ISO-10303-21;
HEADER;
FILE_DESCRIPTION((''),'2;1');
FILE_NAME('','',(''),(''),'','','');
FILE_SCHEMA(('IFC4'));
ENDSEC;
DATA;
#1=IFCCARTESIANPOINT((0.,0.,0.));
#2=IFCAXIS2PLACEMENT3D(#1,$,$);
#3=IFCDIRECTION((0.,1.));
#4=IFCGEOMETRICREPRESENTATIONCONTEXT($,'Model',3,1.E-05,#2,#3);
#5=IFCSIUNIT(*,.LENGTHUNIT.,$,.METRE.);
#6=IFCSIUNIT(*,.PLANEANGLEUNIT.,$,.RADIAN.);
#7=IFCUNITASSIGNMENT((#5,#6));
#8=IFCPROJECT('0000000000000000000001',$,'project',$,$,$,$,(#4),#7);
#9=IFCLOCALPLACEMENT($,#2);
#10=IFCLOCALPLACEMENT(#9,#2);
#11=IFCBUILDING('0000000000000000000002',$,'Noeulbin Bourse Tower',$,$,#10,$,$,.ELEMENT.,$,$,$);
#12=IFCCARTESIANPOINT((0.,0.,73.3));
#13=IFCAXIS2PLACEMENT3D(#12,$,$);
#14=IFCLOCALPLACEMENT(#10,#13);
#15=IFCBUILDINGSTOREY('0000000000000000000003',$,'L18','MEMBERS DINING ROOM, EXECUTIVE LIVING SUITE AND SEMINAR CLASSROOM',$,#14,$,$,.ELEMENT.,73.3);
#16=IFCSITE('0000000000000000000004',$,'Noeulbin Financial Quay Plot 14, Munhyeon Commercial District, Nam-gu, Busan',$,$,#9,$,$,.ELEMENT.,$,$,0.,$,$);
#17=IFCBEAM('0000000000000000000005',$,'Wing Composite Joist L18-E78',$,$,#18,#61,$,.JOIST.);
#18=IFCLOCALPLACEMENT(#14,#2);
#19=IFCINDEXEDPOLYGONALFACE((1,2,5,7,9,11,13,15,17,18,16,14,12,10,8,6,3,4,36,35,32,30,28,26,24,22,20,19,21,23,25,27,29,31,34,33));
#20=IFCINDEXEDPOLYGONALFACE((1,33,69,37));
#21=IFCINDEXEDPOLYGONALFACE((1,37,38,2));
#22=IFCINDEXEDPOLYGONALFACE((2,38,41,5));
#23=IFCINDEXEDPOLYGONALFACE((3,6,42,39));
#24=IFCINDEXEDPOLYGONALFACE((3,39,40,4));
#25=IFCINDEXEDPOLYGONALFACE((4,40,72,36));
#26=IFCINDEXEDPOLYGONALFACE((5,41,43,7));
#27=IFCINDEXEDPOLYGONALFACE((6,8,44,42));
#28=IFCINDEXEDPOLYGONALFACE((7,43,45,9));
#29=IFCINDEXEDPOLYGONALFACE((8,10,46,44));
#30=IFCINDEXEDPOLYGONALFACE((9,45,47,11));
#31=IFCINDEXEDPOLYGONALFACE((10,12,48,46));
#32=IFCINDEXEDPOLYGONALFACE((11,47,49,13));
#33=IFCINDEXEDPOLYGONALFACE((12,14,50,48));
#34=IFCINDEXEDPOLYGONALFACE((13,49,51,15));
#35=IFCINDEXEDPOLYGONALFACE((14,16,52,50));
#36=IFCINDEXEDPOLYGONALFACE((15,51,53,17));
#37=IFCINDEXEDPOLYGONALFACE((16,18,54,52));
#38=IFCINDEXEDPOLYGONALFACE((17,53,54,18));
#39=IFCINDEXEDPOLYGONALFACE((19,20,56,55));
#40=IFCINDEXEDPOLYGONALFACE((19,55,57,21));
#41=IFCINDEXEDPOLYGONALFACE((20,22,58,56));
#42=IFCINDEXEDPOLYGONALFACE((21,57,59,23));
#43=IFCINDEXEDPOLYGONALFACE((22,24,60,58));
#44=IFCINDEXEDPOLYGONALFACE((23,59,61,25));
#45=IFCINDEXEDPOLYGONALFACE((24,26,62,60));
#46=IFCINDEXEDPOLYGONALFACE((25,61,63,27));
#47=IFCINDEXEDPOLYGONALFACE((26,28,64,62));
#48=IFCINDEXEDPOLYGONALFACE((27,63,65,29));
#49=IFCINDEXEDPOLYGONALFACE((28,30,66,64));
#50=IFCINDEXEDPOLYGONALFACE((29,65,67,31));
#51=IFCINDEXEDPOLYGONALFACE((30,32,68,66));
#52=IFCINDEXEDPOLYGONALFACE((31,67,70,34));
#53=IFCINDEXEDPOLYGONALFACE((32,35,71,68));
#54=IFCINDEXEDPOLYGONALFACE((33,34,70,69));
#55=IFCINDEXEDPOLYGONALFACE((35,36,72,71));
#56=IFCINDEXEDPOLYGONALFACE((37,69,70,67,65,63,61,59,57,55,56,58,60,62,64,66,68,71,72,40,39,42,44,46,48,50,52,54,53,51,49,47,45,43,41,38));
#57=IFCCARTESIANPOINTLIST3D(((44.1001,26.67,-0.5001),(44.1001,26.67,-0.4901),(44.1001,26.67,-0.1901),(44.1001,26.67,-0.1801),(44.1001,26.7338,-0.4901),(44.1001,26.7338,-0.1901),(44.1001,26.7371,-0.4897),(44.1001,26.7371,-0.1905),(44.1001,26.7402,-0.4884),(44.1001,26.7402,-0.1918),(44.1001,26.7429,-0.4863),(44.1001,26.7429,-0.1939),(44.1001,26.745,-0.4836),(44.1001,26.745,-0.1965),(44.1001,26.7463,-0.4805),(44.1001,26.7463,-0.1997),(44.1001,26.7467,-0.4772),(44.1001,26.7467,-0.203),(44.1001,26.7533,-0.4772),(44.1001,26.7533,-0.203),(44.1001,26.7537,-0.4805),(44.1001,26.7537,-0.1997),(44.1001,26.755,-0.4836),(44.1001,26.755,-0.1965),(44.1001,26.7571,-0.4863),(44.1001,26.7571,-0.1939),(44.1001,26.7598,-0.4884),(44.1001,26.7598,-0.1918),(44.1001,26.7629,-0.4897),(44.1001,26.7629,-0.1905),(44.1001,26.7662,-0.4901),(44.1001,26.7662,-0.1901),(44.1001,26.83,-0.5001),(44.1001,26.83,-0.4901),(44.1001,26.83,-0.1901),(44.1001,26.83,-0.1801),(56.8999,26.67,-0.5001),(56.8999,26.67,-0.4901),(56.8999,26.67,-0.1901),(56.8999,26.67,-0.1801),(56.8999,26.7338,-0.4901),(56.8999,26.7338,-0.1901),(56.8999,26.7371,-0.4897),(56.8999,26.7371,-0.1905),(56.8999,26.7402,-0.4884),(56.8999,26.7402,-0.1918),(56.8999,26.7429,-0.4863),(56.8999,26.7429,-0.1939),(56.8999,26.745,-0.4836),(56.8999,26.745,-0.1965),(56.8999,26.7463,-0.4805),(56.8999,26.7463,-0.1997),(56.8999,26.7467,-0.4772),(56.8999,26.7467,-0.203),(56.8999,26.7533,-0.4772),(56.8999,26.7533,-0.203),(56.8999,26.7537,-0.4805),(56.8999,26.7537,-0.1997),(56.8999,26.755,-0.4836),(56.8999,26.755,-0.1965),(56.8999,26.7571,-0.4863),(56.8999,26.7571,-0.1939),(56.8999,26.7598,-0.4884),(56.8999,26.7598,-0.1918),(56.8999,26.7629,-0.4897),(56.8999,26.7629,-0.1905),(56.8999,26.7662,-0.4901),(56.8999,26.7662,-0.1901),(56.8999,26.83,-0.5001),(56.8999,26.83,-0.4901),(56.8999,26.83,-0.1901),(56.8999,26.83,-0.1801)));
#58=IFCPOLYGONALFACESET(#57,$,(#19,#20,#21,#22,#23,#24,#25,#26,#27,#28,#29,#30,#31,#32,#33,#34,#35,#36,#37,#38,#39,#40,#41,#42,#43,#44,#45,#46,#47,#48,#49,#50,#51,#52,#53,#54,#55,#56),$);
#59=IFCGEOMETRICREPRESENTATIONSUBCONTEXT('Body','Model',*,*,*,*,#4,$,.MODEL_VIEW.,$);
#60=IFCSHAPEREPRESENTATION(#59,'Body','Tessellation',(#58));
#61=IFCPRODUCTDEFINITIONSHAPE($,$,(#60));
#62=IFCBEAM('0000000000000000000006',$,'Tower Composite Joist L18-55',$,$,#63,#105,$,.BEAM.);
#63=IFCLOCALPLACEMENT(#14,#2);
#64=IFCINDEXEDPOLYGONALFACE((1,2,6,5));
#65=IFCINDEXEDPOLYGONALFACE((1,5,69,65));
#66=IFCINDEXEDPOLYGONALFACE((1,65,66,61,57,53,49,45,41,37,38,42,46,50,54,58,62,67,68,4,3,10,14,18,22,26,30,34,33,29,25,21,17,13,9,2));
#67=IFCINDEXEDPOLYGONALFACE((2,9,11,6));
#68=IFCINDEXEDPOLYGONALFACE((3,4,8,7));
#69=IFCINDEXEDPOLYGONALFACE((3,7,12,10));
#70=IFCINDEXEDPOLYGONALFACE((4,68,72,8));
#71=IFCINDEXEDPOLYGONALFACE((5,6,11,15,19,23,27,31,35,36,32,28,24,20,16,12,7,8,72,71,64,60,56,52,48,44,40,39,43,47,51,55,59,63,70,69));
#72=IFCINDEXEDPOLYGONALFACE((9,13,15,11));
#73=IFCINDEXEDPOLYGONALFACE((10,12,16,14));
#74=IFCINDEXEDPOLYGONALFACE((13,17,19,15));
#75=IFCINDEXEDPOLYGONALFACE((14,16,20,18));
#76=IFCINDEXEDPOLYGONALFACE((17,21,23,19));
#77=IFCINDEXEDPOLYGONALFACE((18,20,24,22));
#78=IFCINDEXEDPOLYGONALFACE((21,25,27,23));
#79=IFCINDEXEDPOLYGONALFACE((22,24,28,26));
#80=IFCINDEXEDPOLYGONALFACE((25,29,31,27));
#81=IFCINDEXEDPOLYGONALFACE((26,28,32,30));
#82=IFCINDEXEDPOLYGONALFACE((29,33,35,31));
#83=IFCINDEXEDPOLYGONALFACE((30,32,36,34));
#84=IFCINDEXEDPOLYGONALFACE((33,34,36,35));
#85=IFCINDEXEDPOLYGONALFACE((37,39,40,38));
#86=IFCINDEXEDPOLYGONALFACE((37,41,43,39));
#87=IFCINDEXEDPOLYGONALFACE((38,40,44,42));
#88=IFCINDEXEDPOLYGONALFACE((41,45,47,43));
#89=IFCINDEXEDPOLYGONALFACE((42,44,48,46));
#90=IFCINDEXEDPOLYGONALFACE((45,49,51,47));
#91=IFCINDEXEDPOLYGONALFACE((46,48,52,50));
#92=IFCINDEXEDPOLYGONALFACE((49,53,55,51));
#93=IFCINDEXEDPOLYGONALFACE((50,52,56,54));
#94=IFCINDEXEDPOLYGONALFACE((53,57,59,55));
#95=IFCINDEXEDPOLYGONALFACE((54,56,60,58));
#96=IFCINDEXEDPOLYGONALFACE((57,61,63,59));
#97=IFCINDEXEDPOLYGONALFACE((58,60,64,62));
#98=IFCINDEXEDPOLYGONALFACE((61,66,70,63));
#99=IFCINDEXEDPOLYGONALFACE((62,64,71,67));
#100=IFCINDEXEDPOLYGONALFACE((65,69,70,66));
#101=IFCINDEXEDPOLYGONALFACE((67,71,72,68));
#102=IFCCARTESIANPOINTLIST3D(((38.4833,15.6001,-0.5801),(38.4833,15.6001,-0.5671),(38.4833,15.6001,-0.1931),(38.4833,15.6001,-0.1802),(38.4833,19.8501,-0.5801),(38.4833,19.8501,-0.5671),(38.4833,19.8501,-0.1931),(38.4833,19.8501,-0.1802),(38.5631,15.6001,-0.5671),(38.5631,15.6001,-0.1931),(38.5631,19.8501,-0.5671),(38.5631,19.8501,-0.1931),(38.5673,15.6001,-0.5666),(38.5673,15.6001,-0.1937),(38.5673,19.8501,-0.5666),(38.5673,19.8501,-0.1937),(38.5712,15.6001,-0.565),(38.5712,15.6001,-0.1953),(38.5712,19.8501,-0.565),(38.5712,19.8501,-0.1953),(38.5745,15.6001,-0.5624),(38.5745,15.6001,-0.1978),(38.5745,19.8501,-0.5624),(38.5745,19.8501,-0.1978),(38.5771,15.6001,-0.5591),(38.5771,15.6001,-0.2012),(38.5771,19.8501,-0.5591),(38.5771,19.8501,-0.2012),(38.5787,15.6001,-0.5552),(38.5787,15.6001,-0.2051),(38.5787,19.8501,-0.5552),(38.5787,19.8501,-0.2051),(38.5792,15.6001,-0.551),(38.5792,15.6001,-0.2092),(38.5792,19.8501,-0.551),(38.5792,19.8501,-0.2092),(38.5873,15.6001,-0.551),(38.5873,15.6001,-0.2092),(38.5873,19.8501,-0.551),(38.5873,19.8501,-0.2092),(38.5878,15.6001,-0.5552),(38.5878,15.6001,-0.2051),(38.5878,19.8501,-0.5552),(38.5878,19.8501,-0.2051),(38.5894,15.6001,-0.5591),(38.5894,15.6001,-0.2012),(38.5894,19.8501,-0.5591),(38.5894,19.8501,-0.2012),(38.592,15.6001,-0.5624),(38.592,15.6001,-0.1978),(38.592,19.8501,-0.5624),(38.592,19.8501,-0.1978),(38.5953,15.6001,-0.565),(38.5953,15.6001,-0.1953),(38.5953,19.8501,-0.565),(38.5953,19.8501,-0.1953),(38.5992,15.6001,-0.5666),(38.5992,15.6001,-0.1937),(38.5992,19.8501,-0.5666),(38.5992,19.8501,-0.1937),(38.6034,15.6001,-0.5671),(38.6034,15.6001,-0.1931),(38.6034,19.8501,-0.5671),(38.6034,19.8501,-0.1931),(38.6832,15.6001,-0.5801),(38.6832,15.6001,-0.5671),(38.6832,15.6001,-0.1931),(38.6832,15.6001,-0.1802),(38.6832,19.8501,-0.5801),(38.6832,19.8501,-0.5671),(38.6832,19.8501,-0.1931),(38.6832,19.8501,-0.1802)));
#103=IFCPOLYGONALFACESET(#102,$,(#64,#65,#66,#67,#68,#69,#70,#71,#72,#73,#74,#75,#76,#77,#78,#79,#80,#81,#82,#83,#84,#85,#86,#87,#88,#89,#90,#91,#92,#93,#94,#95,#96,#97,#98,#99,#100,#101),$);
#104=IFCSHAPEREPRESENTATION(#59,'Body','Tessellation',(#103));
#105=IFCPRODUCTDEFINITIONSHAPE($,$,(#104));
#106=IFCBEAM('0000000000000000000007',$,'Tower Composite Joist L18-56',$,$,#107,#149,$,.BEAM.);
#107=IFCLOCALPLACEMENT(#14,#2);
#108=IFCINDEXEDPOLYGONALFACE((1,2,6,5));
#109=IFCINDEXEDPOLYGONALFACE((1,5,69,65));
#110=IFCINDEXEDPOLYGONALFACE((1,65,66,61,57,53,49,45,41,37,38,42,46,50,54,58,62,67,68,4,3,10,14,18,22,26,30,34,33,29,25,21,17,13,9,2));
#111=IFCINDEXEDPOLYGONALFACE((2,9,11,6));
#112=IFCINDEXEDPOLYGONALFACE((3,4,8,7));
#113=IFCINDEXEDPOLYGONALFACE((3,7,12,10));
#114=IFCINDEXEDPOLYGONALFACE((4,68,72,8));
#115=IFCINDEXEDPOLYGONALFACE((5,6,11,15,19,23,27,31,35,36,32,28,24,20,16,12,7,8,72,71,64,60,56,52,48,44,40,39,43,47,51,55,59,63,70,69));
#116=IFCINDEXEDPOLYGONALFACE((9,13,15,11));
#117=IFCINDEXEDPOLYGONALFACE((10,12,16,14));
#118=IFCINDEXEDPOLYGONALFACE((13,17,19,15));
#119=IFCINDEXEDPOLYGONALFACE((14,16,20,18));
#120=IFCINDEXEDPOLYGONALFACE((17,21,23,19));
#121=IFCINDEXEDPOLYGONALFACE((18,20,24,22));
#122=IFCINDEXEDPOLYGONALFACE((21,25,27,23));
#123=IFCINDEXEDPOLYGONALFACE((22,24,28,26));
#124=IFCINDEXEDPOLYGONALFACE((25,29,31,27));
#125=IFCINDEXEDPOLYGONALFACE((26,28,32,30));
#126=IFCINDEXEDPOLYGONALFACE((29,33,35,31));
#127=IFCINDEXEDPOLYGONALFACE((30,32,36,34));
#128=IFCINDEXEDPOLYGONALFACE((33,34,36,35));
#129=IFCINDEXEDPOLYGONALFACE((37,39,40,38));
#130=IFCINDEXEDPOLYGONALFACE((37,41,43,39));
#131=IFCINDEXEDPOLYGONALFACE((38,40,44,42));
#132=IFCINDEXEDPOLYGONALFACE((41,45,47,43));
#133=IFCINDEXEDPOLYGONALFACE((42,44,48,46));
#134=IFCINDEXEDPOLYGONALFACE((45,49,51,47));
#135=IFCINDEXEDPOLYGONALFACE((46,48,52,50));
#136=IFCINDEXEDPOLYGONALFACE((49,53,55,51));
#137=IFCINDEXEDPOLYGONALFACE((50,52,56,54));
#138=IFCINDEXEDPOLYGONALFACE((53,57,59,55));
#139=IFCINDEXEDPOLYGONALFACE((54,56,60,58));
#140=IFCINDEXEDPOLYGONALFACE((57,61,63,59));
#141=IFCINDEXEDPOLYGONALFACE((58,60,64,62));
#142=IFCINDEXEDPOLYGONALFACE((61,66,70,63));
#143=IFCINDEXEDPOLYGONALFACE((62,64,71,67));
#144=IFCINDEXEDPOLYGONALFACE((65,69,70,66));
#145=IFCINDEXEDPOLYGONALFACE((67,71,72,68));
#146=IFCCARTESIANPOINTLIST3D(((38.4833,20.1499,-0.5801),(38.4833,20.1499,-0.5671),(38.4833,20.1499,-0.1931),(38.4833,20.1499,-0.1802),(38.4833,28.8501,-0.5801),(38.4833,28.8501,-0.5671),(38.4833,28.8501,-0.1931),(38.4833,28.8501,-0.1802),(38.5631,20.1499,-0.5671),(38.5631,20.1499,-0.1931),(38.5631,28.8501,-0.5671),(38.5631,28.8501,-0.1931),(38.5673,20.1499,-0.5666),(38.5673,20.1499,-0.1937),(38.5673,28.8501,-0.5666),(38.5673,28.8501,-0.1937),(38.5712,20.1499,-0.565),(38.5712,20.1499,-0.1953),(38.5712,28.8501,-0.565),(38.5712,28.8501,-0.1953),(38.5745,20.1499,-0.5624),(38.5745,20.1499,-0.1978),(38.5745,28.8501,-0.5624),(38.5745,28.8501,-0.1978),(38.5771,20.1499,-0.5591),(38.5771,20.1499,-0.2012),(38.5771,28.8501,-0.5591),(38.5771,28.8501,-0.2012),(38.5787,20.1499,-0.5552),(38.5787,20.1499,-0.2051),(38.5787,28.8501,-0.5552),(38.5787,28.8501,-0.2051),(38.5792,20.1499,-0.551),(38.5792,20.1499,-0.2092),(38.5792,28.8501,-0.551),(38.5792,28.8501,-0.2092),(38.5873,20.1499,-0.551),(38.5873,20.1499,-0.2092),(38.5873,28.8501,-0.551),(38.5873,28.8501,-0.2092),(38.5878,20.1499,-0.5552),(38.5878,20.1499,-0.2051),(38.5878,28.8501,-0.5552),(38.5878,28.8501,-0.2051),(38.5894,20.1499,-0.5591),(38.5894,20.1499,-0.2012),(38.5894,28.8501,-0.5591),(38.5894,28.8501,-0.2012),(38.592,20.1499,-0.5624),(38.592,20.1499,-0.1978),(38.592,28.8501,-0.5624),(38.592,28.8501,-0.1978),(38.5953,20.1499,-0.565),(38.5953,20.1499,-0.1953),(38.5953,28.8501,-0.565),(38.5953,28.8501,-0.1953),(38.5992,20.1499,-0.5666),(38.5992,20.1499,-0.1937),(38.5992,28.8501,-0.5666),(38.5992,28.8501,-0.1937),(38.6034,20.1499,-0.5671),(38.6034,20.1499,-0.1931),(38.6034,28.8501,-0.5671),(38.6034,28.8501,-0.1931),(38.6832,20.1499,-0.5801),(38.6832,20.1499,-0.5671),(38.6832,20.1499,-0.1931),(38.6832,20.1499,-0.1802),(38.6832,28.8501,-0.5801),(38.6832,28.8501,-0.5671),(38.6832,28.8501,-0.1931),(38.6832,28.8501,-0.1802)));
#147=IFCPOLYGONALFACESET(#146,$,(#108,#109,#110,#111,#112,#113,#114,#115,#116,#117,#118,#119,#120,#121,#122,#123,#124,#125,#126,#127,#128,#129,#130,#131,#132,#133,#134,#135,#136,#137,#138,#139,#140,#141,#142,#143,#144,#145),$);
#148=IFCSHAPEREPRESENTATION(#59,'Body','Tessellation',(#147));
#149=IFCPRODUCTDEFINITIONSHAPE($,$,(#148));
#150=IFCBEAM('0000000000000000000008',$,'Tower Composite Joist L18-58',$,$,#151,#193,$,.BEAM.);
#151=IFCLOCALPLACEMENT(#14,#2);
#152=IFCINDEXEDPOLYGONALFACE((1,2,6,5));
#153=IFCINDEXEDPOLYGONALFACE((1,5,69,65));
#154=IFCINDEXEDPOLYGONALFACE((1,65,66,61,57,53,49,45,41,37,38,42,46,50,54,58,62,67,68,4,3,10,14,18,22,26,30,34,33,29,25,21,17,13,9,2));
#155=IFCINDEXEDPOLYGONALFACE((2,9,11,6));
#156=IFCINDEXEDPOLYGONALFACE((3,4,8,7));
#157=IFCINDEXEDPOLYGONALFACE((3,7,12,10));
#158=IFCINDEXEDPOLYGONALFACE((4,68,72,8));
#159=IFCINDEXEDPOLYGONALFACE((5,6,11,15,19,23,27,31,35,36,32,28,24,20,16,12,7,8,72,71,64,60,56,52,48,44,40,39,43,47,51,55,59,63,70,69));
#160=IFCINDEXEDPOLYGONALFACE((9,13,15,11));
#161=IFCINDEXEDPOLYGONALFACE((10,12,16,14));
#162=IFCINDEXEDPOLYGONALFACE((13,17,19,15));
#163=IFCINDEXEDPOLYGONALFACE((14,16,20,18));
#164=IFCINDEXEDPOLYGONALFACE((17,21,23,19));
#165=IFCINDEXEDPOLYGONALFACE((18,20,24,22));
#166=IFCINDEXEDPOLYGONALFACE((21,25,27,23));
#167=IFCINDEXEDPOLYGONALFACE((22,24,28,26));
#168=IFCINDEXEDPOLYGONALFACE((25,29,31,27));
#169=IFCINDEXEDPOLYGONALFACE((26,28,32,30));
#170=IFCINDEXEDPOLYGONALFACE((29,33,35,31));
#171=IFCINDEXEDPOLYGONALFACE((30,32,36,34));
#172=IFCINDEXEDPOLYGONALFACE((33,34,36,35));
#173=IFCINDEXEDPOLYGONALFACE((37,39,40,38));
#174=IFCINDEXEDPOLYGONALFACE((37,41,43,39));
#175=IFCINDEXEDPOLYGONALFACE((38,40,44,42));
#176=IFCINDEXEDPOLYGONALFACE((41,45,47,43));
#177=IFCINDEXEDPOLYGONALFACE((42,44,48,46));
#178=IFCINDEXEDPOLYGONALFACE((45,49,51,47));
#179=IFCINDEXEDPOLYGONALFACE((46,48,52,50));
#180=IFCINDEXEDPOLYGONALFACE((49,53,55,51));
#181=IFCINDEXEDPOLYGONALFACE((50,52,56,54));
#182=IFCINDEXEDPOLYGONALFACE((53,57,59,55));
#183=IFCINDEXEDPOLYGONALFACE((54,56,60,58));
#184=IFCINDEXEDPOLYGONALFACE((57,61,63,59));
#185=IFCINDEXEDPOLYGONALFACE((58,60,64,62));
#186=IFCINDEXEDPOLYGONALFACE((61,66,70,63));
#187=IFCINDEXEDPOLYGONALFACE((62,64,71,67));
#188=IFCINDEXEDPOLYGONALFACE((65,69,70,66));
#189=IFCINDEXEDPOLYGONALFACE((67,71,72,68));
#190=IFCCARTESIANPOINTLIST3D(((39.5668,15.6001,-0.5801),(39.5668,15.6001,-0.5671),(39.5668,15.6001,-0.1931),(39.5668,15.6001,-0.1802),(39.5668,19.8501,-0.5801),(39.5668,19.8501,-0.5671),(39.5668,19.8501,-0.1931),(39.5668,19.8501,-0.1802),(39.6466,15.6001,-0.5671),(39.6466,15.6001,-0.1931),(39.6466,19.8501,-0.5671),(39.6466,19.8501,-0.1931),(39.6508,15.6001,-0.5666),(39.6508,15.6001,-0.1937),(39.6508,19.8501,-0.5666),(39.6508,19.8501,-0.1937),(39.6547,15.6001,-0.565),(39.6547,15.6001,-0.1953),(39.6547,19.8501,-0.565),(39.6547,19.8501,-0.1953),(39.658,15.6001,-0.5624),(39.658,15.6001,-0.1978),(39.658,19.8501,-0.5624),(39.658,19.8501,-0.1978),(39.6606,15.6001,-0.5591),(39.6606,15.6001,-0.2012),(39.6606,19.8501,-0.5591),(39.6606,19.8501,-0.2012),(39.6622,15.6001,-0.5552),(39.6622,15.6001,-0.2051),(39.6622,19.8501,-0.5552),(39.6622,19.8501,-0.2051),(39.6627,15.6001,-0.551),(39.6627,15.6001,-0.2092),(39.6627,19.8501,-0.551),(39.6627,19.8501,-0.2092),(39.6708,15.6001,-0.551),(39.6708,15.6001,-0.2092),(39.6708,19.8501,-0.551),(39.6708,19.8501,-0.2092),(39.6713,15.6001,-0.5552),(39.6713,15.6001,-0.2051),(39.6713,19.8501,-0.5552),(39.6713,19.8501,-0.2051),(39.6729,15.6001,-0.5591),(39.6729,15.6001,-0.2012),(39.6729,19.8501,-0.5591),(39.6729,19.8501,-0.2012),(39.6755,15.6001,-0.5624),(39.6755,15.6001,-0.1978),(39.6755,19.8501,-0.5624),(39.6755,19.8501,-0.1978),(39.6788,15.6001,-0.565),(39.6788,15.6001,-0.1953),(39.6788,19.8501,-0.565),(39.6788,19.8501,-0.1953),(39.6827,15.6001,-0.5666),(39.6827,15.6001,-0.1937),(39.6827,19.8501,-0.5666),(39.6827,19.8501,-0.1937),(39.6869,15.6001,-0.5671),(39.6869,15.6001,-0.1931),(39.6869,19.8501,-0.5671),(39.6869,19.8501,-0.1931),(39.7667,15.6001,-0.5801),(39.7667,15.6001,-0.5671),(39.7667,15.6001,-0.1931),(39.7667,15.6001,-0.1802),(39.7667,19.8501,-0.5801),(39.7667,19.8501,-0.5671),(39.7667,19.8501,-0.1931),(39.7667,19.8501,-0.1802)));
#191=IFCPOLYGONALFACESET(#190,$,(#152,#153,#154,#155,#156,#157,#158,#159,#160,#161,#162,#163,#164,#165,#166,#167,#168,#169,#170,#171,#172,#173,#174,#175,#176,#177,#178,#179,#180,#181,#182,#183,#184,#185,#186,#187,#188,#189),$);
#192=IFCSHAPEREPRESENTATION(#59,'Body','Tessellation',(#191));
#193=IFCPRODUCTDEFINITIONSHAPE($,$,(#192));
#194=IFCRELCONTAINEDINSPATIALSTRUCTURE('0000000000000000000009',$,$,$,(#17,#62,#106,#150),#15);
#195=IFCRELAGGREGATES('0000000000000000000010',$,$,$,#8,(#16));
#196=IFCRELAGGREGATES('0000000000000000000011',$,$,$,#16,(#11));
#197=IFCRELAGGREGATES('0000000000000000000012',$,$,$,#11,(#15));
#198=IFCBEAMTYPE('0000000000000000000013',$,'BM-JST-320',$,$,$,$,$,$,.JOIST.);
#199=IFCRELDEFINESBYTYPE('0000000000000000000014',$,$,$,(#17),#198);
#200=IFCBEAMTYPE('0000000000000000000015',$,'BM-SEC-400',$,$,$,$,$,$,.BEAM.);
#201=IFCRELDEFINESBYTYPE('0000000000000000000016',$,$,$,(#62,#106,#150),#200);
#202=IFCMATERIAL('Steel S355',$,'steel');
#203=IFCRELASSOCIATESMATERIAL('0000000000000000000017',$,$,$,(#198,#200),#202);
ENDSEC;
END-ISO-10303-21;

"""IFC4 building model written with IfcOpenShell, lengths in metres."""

from ifc_helpers import new_model, si_unit, direction, frame, origin, origin_2d, place, context, subcontext, project, spatial, i_section, extrude, material, material_profile, profile_set, type_object, element, save


model = new_model("IFC4")

# Units and contexts
model_context = context("Model", 3, precision=1e-05, world=origin(), true_north=direction((0.0, 1.0)))
body_context = subcontext(model_context, "Body", "Model", "MODEL_VIEW")
ifc_project = project(units=[si_unit("LENGTHUNIT", "METRE"), si_unit("PLANEANGLEUNIT", "RADIAN")], contexts=[model_context])

# Site, building, storey
site_placement = place(None, origin())
site = spatial("IfcSite", under=ifc_project, at=site_placement, Name="Noeulbin Financial Quay Plot 14, Munhyeon Commercial District, Nam-gu, Busan", CompositionType="ELEMENT", RefElevation=0.0)
building_placement = place(site_placement, origin())
building = spatial("IfcBuilding", under=site, at=building_placement, Name="Noeulbin Bourse Tower", CompositionType="ELEMENT")
storey_placement = place(building_placement, frame((0.0, 0.0, 73.3)))
storey = spatial("IfcBuildingStorey", under=building, at=storey_placement, Name="L18", Description="MEMBERS DINING ROOM, EXECUTIVE LIVING SUITE AND SEMINAR CLASSROOM", CompositionType="ELEMENT", Elevation=73.3)

# Beams
ifc_material_1 = material(Name="Steel S355", Category="steel")
ifc_material_profile_1 = material_profile(ifc_material_1, i_section(OverallWidth=0.1599, OverallDepth=0.3201, WebThickness=0.0066, FlangeThickness=0.01, FilletRadius=0.0129, at=origin_2d()), Name="H-320x160x6.5x10", Category="LoadBearing")
ifc_profile_set_1 = profile_set([ifc_material_profile_1], Name="Steel S355")
beam_type_1 = type_object("IfcBeamType", Name="BM-JST-320", PredefinedType="JOIST", material=ifc_profile_set_1)
for number, where, z_axis, x_axis, name in (
    (1, (44.1001, 26.75, -0.3401), (1.0, 0.0, 0.0), (0.0, 1.0, 0.0), "Wing Composite Joist L18-E78"),
):
    element("IfcBeam", number, at=place(storey_placement, frame(where, z_axis=z_axis, x_axis=x_axis)), inside=storey, type_object=beam_type_1, Name=name, PredefinedType="JOIST", context=body_context, shape_type="SweptSolid", body=[
        extrude(i_section(OverallWidth=0.1599, OverallDepth=0.3201, WebThickness=0.0066, FlangeThickness=0.01, FilletRadius=0.0129, at=origin_2d()), origin(), (0.0, 0.0, 1.0), 12.7998),
    ])
ifc_material_profile_2 = material_profile(ifc_material_1, i_section(OverallWidth=0.2, OverallDepth=0.3999, WebThickness=0.0081, FlangeThickness=0.0129, FilletRadius=0.0161, at=origin_2d()), Name="H-400x200x8x13", Category="LoadBearing")
ifc_profile_set_2 = profile_set([ifc_material_profile_2], Name="Steel S355")
beam_type_2 = type_object("IfcBeamType", Name="BM-SEC-400", PredefinedType="BEAM", material=ifc_profile_set_2)
beam_1_placement = place(storey_placement, frame((38.5833, 15.6001, -0.3801), z_axis=(0.0, 1.0, 0.0), x_axis=(-1.0, 0.0, 0.0)))
element("IfcBeam", 2, at=beam_1_placement, inside=storey, type_object=beam_type_2, Name="Tower Composite Joist L18-55", PredefinedType="BEAM", context=body_context, shape_type="SweptSolid", body=[
    extrude(i_section(OverallWidth=0.2, OverallDepth=0.3999, WebThickness=0.0081, FlangeThickness=0.0129, FilletRadius=0.0161, at=origin_2d()), origin(), (0.0, 0.0, 1.0), 4.25),
])
beam_2_placement = place(storey_placement, frame((38.5833, 20.1499, -0.3801), z_axis=(0.0, 1.0, 0.0), x_axis=(-1.0, 0.0, 0.0)))
element("IfcBeam", 3, at=beam_2_placement, inside=storey, type_object=beam_type_2, Name="Tower Composite Joist L18-56", PredefinedType="BEAM", context=body_context, shape_type="SweptSolid", body=[
    extrude(i_section(OverallWidth=0.2, OverallDepth=0.3999, WebThickness=0.0081, FlangeThickness=0.0129, FilletRadius=0.0161, at=origin_2d()), origin(), (0.0, 0.0, 1.0), 8.7002),
])
beam_3_placement = place(storey_placement, frame((39.6667, 15.6001, -0.3801), z_axis=(0.0, 1.0, 0.0), x_axis=(-1.0, 0.0, 0.0)))
element("IfcBeam", 4, at=beam_3_placement, inside=storey, type_object=beam_type_2, Name="Tower Composite Joist L18-58", PredefinedType="BEAM", context=body_context, shape_type="SweptSolid", body=[
    extrude(i_section(OverallWidth=0.2, OverallDepth=0.3999, WebThickness=0.0081, FlangeThickness=0.0129, FilletRadius=0.0161, at=origin_2d()), origin(), (0.0, 0.0, 1.0), 4.25),
])

save(model, "model.ifc")
